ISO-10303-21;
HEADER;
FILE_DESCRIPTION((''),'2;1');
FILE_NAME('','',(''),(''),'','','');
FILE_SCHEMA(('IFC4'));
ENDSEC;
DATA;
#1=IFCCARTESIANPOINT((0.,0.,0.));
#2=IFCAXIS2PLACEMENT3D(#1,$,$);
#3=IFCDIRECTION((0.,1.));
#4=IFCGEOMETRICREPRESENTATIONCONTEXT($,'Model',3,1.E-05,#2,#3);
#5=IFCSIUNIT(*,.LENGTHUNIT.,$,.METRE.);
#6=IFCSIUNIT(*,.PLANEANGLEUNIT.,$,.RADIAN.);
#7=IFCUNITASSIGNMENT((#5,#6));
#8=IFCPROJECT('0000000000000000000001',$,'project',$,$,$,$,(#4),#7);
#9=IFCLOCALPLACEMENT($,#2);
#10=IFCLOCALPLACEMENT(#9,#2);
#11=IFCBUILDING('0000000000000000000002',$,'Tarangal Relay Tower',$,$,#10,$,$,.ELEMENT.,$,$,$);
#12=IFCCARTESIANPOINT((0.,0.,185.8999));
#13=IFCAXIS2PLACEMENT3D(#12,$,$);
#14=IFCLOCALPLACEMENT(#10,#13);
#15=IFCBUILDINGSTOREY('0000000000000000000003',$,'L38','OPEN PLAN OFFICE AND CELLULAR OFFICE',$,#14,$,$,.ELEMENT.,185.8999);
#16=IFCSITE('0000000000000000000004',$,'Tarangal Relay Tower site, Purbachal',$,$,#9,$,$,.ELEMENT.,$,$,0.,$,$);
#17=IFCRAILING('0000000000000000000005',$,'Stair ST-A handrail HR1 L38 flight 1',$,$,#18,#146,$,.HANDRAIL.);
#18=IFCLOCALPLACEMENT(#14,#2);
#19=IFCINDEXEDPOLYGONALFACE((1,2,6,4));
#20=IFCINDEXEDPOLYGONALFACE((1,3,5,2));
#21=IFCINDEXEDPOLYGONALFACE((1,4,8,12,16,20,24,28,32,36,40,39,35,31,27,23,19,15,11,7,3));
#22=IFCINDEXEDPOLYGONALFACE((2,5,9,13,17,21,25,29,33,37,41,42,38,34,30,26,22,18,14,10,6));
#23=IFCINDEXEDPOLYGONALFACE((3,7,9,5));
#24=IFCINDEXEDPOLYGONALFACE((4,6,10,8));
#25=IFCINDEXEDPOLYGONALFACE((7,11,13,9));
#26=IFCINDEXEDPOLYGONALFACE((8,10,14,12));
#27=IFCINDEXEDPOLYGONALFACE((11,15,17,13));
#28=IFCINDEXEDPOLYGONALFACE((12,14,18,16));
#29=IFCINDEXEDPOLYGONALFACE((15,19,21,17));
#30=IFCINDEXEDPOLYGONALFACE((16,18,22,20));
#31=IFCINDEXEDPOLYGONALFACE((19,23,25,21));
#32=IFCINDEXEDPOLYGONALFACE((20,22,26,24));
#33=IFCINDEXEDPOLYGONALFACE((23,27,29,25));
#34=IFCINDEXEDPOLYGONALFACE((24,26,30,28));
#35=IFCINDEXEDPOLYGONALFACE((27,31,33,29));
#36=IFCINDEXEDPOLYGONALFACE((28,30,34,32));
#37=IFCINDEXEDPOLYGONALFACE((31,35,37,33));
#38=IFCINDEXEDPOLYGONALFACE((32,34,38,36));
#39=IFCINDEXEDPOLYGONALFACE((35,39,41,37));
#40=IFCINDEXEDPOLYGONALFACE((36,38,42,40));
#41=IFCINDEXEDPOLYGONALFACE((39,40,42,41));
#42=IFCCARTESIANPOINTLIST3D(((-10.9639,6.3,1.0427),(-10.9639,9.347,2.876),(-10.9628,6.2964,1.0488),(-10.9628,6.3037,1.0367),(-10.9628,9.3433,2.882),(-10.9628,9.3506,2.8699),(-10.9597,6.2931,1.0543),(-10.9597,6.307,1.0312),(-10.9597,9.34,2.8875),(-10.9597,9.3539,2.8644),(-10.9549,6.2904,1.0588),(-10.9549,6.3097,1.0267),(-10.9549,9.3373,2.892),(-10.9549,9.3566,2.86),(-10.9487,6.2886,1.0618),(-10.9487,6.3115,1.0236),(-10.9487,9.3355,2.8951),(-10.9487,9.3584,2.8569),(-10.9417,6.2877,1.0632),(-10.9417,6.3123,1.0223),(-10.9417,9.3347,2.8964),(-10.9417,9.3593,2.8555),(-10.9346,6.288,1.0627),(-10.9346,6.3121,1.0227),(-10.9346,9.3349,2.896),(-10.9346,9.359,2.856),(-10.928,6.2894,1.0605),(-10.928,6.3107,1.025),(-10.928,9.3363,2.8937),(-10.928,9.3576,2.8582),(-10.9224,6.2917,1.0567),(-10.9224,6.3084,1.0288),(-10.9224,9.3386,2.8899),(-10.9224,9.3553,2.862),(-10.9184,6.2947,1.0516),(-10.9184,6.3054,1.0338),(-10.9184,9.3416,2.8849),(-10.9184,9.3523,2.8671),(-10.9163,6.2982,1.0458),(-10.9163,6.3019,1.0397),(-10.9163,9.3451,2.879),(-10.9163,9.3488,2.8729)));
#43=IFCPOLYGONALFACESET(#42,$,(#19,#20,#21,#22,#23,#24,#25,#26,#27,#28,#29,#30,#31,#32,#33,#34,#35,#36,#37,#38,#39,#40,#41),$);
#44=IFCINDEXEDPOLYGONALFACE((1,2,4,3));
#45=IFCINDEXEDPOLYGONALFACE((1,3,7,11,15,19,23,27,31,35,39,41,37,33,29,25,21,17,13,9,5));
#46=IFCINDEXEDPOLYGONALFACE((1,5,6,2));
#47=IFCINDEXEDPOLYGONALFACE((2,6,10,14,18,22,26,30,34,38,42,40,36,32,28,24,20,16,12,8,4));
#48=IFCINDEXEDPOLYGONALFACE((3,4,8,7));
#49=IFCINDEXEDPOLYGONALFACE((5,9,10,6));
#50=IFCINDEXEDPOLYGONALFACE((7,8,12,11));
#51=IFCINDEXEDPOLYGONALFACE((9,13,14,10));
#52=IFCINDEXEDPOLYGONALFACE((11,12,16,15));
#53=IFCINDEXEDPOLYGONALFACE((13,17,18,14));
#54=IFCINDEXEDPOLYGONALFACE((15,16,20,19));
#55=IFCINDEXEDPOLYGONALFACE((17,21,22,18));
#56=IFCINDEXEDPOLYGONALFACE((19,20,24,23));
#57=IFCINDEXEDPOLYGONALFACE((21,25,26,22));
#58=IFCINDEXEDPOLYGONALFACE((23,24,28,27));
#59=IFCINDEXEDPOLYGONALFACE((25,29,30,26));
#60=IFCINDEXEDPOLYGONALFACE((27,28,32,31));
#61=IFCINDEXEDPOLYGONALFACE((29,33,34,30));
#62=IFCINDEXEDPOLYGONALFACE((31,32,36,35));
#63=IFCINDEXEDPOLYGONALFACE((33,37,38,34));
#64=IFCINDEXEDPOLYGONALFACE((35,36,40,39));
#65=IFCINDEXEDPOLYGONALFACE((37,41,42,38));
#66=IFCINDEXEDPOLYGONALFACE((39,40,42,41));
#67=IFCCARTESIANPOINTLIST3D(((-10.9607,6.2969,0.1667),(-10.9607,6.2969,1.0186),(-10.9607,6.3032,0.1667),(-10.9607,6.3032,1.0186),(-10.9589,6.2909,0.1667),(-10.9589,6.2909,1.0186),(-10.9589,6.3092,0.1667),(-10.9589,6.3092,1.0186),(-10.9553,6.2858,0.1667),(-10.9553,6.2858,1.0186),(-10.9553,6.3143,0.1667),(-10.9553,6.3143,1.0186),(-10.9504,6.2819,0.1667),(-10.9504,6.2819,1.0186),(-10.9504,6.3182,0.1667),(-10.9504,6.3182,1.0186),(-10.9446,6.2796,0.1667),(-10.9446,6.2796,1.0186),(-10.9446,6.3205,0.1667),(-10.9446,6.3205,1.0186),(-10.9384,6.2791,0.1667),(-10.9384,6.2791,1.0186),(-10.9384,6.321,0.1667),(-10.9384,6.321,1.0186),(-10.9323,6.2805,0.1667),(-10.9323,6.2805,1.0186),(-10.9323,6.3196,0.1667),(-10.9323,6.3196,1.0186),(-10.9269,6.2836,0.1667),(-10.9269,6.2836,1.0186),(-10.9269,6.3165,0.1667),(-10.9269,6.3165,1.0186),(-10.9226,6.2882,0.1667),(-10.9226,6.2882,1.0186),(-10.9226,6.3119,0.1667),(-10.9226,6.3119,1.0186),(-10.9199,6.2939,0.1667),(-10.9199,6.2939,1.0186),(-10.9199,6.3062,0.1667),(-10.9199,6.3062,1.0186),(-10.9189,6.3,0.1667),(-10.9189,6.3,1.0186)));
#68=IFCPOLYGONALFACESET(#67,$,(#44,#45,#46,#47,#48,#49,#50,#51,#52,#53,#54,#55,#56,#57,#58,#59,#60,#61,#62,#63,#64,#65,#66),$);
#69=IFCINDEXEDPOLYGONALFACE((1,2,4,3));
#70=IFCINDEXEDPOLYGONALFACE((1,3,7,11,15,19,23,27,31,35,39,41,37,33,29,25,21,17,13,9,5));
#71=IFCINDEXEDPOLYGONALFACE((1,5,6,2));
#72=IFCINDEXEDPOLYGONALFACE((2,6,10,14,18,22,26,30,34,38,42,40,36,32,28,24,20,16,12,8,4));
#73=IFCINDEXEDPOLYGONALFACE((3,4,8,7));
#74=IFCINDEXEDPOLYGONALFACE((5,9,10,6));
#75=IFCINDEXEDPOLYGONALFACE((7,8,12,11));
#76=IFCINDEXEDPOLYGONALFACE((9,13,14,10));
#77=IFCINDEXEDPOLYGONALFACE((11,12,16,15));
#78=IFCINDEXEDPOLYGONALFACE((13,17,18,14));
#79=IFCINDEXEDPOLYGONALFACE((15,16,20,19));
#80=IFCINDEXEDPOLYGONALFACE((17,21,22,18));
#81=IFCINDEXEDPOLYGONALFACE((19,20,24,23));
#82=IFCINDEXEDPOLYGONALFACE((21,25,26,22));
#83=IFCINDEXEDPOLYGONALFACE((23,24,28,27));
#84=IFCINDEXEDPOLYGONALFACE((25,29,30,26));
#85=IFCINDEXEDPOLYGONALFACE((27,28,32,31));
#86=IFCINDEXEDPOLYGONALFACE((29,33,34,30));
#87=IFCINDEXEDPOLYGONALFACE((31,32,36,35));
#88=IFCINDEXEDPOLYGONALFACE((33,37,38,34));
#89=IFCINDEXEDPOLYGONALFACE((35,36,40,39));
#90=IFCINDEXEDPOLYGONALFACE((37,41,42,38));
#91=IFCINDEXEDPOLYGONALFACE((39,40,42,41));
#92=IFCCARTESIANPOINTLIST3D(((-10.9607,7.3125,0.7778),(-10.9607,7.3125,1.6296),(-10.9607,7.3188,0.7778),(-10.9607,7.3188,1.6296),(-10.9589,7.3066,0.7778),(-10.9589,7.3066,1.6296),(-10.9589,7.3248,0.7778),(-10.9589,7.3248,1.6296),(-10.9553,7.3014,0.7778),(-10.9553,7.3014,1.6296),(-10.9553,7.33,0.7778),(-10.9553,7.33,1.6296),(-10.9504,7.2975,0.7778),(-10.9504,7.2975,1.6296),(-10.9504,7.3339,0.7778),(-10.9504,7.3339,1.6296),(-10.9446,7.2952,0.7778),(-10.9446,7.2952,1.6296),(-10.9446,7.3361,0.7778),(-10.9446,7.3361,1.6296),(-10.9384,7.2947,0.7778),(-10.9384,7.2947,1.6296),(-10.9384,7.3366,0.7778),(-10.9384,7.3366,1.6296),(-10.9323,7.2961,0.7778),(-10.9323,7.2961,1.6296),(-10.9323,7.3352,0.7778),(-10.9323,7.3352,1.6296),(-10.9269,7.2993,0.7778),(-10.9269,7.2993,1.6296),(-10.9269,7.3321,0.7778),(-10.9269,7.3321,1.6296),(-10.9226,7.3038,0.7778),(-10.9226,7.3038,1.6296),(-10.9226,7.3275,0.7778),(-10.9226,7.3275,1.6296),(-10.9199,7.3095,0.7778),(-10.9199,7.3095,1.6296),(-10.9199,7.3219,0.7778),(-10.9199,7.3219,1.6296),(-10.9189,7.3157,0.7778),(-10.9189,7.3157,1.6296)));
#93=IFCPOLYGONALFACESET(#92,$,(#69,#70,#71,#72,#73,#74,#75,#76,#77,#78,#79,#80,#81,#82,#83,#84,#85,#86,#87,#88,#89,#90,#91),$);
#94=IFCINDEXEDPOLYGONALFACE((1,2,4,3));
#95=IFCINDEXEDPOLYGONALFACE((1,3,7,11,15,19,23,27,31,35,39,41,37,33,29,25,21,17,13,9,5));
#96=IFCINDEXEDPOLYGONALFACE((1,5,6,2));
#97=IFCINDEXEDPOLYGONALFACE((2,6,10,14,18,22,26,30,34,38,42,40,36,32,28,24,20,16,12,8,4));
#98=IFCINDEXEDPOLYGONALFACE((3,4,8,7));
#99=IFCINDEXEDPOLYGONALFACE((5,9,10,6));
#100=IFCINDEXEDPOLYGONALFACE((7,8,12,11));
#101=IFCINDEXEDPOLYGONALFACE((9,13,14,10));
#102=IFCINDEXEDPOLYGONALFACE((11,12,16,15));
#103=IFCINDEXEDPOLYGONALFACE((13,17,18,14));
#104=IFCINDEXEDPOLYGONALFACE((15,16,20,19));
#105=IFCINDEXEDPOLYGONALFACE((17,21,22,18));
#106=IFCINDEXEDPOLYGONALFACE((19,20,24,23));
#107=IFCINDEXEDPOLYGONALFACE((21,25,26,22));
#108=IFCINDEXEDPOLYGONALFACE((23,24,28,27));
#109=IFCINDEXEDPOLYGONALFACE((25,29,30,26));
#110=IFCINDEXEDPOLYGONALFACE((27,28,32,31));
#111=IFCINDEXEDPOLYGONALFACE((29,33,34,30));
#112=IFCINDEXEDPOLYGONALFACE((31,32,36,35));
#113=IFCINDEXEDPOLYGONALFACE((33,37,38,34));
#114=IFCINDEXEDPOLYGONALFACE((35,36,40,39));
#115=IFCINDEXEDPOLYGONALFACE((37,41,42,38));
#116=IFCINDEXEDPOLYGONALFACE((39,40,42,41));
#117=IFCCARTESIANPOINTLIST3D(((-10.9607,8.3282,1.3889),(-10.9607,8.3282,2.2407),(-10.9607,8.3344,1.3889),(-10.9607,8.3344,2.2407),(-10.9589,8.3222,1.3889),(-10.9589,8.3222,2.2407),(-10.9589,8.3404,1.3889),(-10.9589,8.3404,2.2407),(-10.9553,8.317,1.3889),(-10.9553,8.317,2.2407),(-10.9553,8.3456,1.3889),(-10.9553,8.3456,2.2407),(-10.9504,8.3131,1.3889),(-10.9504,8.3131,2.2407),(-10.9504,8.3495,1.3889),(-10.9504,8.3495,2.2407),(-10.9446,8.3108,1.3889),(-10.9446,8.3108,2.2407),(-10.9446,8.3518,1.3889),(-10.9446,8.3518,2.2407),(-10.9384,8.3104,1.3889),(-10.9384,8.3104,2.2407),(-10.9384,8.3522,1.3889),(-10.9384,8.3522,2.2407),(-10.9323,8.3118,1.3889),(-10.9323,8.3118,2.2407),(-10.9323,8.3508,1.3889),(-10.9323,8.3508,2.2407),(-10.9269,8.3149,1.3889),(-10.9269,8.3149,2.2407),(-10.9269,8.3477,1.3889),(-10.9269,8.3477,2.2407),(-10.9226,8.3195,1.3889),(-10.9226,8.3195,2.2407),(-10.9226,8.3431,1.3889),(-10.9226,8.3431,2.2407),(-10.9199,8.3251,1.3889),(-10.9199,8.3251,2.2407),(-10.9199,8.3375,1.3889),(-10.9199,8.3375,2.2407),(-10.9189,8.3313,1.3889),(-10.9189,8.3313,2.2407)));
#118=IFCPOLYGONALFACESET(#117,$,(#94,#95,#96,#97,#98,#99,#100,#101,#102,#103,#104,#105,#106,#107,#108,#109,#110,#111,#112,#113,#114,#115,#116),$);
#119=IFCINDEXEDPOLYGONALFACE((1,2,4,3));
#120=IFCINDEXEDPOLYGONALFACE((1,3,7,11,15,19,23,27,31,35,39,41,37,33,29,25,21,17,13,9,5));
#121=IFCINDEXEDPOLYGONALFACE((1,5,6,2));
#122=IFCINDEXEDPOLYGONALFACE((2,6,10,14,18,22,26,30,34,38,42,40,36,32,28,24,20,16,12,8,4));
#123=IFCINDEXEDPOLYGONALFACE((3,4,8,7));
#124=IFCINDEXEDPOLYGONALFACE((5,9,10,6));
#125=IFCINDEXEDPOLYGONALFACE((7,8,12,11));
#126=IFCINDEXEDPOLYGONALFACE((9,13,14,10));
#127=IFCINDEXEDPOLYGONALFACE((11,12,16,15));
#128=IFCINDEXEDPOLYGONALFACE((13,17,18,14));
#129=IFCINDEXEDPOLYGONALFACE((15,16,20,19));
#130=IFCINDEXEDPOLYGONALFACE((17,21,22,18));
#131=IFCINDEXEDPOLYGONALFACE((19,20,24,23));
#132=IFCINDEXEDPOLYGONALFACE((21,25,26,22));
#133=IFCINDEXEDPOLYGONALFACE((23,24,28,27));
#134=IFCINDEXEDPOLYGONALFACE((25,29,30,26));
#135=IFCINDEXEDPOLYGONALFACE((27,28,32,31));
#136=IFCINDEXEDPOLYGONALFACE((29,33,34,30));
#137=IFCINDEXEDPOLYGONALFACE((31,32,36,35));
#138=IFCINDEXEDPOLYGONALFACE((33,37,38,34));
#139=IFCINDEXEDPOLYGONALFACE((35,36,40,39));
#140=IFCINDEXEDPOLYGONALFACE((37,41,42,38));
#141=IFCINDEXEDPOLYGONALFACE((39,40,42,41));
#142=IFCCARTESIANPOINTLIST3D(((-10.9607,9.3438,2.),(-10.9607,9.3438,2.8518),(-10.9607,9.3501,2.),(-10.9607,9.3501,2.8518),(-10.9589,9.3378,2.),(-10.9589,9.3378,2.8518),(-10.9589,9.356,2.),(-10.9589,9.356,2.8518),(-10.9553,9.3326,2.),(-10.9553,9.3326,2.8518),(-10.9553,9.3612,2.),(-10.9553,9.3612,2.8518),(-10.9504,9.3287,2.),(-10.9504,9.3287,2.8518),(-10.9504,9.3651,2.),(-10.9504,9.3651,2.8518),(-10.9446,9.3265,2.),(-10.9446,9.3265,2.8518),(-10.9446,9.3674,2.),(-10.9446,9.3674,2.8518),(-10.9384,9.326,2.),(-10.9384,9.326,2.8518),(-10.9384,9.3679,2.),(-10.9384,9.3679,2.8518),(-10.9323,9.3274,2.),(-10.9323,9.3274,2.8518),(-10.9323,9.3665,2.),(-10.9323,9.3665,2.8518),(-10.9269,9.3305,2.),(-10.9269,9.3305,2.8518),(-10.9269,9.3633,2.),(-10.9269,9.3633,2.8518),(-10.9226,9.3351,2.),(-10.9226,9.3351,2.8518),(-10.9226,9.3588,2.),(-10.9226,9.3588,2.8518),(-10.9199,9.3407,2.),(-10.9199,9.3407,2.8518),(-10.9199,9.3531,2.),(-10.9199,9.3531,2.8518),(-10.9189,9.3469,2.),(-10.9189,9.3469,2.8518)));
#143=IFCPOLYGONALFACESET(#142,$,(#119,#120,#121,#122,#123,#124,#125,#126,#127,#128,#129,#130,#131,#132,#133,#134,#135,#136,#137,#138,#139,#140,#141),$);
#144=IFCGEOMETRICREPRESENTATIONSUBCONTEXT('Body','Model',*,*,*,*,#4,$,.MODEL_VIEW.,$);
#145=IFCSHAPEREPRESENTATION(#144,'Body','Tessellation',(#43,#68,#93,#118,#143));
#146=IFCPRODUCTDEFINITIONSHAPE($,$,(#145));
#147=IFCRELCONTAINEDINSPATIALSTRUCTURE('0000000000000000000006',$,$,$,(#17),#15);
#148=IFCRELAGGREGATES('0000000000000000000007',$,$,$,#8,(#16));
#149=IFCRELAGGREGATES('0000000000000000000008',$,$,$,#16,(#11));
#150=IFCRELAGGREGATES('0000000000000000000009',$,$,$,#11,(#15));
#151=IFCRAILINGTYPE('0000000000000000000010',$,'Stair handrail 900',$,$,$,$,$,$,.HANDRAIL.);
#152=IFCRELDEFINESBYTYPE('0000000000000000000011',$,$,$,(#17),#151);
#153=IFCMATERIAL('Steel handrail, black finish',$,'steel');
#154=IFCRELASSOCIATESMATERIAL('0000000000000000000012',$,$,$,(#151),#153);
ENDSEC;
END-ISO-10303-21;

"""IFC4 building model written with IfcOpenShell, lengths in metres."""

from ifc_helpers import new_model, si_unit, direction, frame, origin, origin_2d, place, context, subcontext, project, spatial, circle, extrude, material, type_object, element, save


model = new_model("IFC4")

# Units and contexts
model_context = context("Model", 3, precision=1e-05, world=origin(), true_north=direction((0.0, 1.0)))
body_context = subcontext(model_context, "Body", "Model", "MODEL_VIEW")
ifc_project = project(units=[si_unit("LENGTHUNIT", "METRE"), si_unit("PLANEANGLEUNIT", "RADIAN")], contexts=[model_context])

# Site, building, storey
site_placement = place(None, origin())
site = spatial("IfcSite", under=ifc_project, at=site_placement, Name="Tarangal Relay Tower site, Purbachal", CompositionType="ELEMENT", RefElevation=0.0)
building_placement = place(site_placement, origin())
building = spatial("IfcBuilding", under=site, at=building_placement, Name="Tarangal Relay Tower", CompositionType="ELEMENT")
storey_placement = place(building_placement, frame((0.0, 0.0, 185.8999)))
storey = spatial("IfcBuildingStorey", under=building, at=storey_placement, Name="L38", Description="OPEN PLAN OFFICE AND CELLULAR OFFICE", CompositionType="ELEMENT", Elevation=185.8999)

# Railing
ifc_material_1 = material(Name="Steel handrail, black finish", Category="steel")
railing_type_1 = type_object("IfcRailingType", Name="Stair handrail 900", PredefinedType="HANDRAIL", material=ifc_material_1)
railing_1_placement = place(storey_placement, frame((-10.9399, 6.3, 0.1667)))
element("IfcRailing", 1, at=railing_1_placement, inside=storey, type_object=railing_type_1, Name="Stair ST-A handrail HR1 L38 flight 1", PredefinedType="HANDRAIL", context=body_context, shape_type="SweptSolid", body=[
    extrude(circle(Radius=0.0239, at=origin_2d()), frame((0.0, 0.0, 0.876), z_axis=(0.0, 0.856856, 0.515556), x_axis=(-1.0, 0.0, 0.0)), (0.0, 0.0, 1.0), 3.5559),
    extrude(circle(Radius=0.021, at=origin_2d()), origin(), (0.0, 0.0, 1.0), 0.8518),
    extrude(circle(Radius=0.021, at=origin_2d()), frame((0.0, 1.0156, 0.6111)), (0.0, 0.0, 1.0), 0.8518),
    extrude(circle(Radius=0.021, at=origin_2d()), frame((0.0, 2.0312, 1.2222)), (0.0, 0.0, 1.0), 0.8518),
    extrude(circle(Radius=0.021, at=origin_2d()), frame((0.0, 3.0469, 1.8333)), (0.0, 0.0, 1.0), 0.8518),
])

save(model, "model.ifc")
